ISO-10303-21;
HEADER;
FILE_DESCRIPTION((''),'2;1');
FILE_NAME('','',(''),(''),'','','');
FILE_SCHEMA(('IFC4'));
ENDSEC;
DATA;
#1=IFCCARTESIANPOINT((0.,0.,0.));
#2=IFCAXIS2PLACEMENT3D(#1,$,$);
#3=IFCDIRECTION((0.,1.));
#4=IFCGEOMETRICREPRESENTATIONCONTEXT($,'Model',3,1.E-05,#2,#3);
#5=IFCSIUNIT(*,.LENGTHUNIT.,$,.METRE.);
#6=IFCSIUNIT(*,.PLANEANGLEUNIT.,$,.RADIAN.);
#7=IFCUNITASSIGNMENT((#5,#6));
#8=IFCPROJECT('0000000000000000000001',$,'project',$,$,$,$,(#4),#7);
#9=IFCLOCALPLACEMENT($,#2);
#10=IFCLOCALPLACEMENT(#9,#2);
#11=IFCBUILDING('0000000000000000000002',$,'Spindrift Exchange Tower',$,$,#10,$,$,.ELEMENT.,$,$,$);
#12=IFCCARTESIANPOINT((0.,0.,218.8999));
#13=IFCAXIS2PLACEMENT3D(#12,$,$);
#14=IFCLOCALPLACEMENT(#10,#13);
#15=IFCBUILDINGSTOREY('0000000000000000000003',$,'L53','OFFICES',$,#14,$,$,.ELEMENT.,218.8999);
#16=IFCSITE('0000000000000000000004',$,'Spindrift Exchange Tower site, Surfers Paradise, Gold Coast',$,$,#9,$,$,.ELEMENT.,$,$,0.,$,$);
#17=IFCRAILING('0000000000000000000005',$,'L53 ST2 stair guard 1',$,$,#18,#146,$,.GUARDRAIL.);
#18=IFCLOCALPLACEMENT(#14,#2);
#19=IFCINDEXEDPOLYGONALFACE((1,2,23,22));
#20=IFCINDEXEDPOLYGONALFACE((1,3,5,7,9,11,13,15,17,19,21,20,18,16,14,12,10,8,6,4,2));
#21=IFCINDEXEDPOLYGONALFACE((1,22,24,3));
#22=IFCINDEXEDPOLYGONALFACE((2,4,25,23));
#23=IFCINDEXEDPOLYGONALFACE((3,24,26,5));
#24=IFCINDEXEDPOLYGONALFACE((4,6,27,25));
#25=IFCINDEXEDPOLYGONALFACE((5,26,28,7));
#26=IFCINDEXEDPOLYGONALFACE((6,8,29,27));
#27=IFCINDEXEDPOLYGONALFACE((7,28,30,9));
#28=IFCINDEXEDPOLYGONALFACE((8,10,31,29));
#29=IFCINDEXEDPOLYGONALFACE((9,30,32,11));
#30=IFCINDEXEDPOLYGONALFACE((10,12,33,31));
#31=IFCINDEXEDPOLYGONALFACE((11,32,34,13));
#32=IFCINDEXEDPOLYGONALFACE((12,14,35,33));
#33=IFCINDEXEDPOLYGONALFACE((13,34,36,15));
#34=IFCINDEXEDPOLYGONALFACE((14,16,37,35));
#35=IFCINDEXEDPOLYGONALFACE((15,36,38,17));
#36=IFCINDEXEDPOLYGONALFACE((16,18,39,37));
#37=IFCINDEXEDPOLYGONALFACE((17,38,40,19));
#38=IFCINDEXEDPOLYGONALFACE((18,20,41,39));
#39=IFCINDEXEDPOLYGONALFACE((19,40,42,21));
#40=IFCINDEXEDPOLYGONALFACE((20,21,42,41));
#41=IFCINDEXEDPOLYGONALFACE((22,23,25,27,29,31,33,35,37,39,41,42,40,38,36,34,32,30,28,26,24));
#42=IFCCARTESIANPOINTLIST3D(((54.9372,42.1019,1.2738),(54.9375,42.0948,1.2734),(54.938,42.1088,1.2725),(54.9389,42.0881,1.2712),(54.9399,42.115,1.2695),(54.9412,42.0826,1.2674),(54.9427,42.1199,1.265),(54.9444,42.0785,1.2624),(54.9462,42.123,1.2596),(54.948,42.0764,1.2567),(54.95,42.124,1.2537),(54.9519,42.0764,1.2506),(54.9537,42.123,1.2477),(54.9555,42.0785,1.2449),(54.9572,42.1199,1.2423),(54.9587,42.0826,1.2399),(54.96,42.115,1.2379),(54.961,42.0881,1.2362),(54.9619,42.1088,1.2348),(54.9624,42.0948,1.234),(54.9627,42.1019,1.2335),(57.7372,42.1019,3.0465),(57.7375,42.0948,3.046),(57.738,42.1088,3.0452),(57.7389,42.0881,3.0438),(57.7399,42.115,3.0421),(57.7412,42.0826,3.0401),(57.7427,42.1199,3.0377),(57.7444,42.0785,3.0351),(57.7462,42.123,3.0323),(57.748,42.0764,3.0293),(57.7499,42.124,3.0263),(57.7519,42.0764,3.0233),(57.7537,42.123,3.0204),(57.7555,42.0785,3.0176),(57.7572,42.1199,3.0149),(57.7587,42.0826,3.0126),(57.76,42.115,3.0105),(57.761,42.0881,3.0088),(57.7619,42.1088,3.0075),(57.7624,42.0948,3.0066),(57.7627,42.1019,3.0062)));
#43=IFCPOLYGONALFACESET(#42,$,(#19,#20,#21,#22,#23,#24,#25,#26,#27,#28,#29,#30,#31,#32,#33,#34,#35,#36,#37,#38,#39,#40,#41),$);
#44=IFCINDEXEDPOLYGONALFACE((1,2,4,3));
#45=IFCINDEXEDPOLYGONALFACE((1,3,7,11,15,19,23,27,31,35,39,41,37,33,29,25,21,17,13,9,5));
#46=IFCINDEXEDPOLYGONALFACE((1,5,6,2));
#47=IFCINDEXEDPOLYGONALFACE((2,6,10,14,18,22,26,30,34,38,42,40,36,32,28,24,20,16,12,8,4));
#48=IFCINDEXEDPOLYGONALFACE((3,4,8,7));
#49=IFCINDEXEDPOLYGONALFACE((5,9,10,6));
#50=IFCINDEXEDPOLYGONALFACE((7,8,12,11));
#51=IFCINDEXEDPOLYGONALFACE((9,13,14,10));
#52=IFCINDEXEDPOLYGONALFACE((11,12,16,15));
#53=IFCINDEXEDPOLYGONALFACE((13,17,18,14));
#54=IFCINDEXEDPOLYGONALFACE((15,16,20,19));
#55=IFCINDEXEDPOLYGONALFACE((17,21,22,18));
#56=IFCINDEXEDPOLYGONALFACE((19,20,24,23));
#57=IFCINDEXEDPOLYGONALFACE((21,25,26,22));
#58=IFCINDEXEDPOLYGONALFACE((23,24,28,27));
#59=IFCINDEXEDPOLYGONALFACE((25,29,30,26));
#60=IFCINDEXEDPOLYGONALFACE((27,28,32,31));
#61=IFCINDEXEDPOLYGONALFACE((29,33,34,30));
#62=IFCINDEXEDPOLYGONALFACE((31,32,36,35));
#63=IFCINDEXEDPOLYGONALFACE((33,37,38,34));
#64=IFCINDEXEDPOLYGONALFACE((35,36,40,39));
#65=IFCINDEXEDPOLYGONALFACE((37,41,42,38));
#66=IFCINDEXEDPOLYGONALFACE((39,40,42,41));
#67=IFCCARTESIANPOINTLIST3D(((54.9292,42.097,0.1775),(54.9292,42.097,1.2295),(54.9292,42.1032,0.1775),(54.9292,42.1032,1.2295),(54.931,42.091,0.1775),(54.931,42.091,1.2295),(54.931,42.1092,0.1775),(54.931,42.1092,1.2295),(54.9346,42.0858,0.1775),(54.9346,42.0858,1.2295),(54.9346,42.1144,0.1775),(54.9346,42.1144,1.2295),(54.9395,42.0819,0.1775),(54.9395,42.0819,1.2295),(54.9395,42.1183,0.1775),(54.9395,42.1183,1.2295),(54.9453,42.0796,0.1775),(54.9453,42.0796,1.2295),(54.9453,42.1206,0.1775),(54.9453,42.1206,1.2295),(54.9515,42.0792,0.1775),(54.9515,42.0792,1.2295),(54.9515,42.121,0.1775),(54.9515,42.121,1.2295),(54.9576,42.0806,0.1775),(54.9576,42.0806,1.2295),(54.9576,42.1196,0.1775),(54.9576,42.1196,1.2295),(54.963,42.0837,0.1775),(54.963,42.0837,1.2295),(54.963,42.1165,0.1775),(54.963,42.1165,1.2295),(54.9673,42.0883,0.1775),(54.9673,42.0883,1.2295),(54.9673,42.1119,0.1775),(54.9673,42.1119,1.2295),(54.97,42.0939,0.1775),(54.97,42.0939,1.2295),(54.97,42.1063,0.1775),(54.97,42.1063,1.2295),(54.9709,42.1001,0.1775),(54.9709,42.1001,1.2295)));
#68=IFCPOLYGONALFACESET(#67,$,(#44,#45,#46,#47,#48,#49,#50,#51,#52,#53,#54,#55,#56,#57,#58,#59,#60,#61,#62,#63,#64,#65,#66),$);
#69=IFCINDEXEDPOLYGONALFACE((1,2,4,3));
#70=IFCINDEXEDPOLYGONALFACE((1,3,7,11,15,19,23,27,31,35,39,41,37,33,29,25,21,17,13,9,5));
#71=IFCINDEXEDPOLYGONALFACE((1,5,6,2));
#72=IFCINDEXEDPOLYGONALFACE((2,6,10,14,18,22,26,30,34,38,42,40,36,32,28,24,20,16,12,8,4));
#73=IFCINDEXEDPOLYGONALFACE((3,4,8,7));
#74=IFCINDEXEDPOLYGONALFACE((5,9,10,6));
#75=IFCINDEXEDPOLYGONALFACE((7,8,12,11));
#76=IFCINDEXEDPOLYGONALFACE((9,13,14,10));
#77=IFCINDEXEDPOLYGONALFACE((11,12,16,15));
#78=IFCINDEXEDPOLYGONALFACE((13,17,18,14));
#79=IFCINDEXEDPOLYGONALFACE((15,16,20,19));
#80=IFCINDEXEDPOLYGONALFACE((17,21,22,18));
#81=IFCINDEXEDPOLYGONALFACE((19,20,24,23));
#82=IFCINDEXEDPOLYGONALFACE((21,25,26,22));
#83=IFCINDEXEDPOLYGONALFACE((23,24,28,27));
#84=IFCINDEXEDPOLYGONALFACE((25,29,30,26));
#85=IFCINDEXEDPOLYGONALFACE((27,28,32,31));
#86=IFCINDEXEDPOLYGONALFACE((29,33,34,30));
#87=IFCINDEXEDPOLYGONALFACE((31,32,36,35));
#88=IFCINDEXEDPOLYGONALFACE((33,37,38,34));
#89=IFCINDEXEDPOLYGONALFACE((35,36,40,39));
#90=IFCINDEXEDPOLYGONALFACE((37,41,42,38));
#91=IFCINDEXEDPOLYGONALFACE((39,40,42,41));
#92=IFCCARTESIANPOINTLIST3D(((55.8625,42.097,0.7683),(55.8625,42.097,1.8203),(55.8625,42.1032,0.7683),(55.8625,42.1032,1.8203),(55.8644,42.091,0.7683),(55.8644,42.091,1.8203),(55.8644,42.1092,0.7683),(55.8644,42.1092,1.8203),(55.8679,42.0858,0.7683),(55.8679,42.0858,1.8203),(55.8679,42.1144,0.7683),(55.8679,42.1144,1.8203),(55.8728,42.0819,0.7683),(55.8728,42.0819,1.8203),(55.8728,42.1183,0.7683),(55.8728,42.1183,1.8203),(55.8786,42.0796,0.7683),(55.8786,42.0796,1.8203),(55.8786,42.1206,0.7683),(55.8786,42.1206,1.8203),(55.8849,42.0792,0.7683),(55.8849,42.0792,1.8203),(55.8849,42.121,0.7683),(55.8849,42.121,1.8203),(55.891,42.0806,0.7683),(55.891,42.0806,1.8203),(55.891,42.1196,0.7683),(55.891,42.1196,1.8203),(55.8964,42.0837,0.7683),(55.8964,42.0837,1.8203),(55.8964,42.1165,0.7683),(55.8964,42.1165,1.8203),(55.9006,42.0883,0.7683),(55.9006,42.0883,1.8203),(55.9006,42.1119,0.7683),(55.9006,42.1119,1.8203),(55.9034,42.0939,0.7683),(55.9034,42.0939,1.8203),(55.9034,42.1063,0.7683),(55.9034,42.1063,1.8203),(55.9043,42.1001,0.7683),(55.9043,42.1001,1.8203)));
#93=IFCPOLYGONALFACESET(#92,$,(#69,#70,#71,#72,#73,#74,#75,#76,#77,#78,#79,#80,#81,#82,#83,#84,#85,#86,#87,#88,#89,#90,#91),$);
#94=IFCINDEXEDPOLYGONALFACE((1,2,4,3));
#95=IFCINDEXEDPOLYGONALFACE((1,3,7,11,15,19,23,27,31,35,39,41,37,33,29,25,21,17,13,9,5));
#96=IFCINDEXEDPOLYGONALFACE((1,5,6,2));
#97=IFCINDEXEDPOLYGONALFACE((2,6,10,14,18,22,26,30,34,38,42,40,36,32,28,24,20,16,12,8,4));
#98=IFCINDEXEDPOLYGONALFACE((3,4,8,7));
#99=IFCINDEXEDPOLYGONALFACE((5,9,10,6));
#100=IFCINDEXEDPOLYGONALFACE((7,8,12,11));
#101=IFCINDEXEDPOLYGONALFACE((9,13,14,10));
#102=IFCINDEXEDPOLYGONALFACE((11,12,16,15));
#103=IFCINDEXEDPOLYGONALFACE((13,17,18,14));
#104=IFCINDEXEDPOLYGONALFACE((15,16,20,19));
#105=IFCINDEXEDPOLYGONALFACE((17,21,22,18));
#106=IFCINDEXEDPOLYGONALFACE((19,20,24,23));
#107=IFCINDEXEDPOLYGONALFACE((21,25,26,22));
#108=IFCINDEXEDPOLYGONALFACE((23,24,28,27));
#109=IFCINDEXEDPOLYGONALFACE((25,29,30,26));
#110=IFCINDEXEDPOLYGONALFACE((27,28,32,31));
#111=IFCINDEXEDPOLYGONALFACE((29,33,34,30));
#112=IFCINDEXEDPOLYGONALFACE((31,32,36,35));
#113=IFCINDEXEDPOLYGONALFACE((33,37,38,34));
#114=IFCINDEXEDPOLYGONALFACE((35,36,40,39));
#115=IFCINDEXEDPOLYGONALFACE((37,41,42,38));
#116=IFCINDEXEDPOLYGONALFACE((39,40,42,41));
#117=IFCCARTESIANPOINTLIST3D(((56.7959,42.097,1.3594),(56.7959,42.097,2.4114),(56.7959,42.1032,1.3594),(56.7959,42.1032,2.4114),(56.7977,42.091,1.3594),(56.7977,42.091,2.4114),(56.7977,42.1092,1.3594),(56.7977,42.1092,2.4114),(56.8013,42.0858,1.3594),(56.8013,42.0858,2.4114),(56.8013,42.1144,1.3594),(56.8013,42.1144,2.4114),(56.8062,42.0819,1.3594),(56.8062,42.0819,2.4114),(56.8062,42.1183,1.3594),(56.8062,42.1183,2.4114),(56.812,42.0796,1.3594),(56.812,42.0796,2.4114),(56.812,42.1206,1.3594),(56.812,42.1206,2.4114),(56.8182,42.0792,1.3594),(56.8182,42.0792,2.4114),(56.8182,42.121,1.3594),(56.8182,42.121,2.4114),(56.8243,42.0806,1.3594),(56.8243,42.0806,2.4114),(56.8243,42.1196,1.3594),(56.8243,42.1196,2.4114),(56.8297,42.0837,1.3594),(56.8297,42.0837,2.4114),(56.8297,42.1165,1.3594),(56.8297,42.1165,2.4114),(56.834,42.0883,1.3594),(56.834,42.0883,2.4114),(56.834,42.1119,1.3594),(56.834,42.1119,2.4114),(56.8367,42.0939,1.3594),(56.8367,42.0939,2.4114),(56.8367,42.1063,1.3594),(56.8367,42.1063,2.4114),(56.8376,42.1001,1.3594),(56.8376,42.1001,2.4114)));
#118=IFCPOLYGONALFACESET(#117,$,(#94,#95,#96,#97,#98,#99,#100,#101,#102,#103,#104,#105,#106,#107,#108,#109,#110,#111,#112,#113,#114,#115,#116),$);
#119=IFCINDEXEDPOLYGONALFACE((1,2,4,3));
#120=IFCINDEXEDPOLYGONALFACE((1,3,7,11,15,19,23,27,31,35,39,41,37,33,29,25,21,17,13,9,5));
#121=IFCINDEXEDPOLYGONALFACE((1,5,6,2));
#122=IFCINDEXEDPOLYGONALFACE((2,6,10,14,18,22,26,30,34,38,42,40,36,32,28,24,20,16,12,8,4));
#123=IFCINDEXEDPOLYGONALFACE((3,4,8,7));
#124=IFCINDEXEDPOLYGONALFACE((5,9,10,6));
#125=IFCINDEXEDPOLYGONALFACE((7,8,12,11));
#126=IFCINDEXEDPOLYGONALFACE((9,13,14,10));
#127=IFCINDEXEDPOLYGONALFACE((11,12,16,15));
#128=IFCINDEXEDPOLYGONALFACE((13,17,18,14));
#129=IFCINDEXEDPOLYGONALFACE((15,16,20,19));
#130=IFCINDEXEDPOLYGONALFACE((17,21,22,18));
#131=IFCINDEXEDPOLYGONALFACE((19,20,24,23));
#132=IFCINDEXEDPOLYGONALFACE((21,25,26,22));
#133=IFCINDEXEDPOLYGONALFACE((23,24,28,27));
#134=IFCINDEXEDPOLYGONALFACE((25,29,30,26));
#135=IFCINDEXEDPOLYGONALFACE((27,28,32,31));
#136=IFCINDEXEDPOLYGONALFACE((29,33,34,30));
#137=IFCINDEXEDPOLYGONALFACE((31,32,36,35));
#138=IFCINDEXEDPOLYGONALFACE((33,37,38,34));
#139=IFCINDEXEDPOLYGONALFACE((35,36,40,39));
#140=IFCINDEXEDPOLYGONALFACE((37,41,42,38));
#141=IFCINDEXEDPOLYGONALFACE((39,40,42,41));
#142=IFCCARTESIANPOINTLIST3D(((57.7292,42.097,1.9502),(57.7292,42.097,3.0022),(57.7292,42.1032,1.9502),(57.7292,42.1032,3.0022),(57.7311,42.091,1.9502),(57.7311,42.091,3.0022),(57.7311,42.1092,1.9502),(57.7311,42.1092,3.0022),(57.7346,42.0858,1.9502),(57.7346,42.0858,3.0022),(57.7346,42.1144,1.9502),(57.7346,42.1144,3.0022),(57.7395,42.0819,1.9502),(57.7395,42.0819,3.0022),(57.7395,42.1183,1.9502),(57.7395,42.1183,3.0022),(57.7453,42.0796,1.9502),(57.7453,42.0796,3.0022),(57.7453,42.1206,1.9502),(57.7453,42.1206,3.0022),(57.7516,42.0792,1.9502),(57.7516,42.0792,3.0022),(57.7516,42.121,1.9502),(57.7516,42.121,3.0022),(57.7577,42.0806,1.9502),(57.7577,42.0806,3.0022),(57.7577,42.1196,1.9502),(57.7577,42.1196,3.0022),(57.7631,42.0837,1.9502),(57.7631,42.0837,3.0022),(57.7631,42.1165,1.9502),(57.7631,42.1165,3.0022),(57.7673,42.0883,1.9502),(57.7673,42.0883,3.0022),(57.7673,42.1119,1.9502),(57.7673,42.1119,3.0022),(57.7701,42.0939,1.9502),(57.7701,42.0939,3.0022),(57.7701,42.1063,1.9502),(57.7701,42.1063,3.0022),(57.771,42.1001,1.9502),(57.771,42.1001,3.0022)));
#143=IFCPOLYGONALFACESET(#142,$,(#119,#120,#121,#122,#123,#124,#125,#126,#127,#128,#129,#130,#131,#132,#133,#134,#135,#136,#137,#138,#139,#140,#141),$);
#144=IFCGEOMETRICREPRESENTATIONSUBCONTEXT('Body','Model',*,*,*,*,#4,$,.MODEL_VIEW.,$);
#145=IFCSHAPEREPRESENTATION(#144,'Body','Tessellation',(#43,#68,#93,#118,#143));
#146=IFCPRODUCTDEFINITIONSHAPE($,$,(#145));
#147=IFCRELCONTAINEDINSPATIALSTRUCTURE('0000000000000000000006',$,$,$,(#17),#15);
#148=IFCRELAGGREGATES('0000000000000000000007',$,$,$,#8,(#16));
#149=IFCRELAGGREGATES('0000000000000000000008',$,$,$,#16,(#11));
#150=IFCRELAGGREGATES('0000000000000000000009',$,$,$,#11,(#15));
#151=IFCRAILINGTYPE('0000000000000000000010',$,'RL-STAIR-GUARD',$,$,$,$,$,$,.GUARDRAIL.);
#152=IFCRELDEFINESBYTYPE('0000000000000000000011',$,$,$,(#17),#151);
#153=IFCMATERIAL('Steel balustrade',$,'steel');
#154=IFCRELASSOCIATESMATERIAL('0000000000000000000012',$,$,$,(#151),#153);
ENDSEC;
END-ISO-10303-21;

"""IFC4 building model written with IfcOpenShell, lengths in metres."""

from ifc_helpers import new_model, si_unit, direction, frame, origin, origin_2d, place, context, subcontext, project, spatial, circle, extrude, material, type_object, element, save


model = new_model("IFC4")

# Units and contexts
model_context = context("Model", 3, precision=1e-05, world=origin(), true_north=direction((0.0, 1.0)))
body_context = subcontext(model_context, "Body", "Model", "MODEL_VIEW")
ifc_project = project(units=[si_unit("LENGTHUNIT", "METRE"), si_unit("PLANEANGLEUNIT", "RADIAN")], contexts=[model_context])

# Site, building, storey
site_placement = place(None, origin())
site = spatial("IfcSite", under=ifc_project, at=site_placement, Name="Spindrift Exchange Tower site, Surfers Paradise, Gold Coast", CompositionType="ELEMENT", RefElevation=0.0)
building_placement = place(site_placement, origin())
building = spatial("IfcBuilding", under=site, at=building_placement, Name="Spindrift Exchange Tower", CompositionType="ELEMENT")
storey_placement = place(building_placement, frame((0.0, 0.0, 218.8999)))
storey = spatial("IfcBuildingStorey", under=building, at=storey_placement, Name="L53", Description="OFFICES", CompositionType="ELEMENT", Elevation=218.8999)

# Railing
ifc_material_1 = material(Name="Steel balustrade", Category="steel")
railing_type_1 = type_object("IfcRailingType", Name="RL-STAIR-GUARD", PredefinedType="GUARDRAIL", material=ifc_material_1)
railing_1_placement = place(storey_placement, frame((54.95, 42.1001, 0.1775)))
element("IfcRailing", 1, at=railing_1_placement, inside=storey, type_object=railing_type_1, Name="L53 ST2 stair guard 1", PredefinedType="GUARDRAIL", context=body_context, shape_type="SweptSolid", body=[
    extrude(circle(Radius=0.0239, at=origin_2d()), frame((0.0, 0.0, 1.0762), z_axis=(0.844909, 0.0, 0.53491), x_axis=(0.0, 1.0, 0.0)), (0.0, 0.0, 1.0), 3.314),
    extrude(circle(Radius=0.021, at=origin_2d()), origin(), (0.0, 0.0, 1.0), 1.052),
    extrude(circle(Radius=0.021, at=origin_2d()), frame((0.9333, 0.0, 0.5908)), (0.0, 0.0, 1.0), 1.052),
    extrude(circle(Radius=0.021, at=origin_2d()), frame((1.8667, 0.0, 1.1819)), (0.0, 0.0, 1.0), 1.052),
    extrude(circle(Radius=0.021, at=origin_2d()), frame((2.8, 0.0, 1.7727)), (0.0, 0.0, 1.0), 1.052),
])

save(model, "model.ifc")
